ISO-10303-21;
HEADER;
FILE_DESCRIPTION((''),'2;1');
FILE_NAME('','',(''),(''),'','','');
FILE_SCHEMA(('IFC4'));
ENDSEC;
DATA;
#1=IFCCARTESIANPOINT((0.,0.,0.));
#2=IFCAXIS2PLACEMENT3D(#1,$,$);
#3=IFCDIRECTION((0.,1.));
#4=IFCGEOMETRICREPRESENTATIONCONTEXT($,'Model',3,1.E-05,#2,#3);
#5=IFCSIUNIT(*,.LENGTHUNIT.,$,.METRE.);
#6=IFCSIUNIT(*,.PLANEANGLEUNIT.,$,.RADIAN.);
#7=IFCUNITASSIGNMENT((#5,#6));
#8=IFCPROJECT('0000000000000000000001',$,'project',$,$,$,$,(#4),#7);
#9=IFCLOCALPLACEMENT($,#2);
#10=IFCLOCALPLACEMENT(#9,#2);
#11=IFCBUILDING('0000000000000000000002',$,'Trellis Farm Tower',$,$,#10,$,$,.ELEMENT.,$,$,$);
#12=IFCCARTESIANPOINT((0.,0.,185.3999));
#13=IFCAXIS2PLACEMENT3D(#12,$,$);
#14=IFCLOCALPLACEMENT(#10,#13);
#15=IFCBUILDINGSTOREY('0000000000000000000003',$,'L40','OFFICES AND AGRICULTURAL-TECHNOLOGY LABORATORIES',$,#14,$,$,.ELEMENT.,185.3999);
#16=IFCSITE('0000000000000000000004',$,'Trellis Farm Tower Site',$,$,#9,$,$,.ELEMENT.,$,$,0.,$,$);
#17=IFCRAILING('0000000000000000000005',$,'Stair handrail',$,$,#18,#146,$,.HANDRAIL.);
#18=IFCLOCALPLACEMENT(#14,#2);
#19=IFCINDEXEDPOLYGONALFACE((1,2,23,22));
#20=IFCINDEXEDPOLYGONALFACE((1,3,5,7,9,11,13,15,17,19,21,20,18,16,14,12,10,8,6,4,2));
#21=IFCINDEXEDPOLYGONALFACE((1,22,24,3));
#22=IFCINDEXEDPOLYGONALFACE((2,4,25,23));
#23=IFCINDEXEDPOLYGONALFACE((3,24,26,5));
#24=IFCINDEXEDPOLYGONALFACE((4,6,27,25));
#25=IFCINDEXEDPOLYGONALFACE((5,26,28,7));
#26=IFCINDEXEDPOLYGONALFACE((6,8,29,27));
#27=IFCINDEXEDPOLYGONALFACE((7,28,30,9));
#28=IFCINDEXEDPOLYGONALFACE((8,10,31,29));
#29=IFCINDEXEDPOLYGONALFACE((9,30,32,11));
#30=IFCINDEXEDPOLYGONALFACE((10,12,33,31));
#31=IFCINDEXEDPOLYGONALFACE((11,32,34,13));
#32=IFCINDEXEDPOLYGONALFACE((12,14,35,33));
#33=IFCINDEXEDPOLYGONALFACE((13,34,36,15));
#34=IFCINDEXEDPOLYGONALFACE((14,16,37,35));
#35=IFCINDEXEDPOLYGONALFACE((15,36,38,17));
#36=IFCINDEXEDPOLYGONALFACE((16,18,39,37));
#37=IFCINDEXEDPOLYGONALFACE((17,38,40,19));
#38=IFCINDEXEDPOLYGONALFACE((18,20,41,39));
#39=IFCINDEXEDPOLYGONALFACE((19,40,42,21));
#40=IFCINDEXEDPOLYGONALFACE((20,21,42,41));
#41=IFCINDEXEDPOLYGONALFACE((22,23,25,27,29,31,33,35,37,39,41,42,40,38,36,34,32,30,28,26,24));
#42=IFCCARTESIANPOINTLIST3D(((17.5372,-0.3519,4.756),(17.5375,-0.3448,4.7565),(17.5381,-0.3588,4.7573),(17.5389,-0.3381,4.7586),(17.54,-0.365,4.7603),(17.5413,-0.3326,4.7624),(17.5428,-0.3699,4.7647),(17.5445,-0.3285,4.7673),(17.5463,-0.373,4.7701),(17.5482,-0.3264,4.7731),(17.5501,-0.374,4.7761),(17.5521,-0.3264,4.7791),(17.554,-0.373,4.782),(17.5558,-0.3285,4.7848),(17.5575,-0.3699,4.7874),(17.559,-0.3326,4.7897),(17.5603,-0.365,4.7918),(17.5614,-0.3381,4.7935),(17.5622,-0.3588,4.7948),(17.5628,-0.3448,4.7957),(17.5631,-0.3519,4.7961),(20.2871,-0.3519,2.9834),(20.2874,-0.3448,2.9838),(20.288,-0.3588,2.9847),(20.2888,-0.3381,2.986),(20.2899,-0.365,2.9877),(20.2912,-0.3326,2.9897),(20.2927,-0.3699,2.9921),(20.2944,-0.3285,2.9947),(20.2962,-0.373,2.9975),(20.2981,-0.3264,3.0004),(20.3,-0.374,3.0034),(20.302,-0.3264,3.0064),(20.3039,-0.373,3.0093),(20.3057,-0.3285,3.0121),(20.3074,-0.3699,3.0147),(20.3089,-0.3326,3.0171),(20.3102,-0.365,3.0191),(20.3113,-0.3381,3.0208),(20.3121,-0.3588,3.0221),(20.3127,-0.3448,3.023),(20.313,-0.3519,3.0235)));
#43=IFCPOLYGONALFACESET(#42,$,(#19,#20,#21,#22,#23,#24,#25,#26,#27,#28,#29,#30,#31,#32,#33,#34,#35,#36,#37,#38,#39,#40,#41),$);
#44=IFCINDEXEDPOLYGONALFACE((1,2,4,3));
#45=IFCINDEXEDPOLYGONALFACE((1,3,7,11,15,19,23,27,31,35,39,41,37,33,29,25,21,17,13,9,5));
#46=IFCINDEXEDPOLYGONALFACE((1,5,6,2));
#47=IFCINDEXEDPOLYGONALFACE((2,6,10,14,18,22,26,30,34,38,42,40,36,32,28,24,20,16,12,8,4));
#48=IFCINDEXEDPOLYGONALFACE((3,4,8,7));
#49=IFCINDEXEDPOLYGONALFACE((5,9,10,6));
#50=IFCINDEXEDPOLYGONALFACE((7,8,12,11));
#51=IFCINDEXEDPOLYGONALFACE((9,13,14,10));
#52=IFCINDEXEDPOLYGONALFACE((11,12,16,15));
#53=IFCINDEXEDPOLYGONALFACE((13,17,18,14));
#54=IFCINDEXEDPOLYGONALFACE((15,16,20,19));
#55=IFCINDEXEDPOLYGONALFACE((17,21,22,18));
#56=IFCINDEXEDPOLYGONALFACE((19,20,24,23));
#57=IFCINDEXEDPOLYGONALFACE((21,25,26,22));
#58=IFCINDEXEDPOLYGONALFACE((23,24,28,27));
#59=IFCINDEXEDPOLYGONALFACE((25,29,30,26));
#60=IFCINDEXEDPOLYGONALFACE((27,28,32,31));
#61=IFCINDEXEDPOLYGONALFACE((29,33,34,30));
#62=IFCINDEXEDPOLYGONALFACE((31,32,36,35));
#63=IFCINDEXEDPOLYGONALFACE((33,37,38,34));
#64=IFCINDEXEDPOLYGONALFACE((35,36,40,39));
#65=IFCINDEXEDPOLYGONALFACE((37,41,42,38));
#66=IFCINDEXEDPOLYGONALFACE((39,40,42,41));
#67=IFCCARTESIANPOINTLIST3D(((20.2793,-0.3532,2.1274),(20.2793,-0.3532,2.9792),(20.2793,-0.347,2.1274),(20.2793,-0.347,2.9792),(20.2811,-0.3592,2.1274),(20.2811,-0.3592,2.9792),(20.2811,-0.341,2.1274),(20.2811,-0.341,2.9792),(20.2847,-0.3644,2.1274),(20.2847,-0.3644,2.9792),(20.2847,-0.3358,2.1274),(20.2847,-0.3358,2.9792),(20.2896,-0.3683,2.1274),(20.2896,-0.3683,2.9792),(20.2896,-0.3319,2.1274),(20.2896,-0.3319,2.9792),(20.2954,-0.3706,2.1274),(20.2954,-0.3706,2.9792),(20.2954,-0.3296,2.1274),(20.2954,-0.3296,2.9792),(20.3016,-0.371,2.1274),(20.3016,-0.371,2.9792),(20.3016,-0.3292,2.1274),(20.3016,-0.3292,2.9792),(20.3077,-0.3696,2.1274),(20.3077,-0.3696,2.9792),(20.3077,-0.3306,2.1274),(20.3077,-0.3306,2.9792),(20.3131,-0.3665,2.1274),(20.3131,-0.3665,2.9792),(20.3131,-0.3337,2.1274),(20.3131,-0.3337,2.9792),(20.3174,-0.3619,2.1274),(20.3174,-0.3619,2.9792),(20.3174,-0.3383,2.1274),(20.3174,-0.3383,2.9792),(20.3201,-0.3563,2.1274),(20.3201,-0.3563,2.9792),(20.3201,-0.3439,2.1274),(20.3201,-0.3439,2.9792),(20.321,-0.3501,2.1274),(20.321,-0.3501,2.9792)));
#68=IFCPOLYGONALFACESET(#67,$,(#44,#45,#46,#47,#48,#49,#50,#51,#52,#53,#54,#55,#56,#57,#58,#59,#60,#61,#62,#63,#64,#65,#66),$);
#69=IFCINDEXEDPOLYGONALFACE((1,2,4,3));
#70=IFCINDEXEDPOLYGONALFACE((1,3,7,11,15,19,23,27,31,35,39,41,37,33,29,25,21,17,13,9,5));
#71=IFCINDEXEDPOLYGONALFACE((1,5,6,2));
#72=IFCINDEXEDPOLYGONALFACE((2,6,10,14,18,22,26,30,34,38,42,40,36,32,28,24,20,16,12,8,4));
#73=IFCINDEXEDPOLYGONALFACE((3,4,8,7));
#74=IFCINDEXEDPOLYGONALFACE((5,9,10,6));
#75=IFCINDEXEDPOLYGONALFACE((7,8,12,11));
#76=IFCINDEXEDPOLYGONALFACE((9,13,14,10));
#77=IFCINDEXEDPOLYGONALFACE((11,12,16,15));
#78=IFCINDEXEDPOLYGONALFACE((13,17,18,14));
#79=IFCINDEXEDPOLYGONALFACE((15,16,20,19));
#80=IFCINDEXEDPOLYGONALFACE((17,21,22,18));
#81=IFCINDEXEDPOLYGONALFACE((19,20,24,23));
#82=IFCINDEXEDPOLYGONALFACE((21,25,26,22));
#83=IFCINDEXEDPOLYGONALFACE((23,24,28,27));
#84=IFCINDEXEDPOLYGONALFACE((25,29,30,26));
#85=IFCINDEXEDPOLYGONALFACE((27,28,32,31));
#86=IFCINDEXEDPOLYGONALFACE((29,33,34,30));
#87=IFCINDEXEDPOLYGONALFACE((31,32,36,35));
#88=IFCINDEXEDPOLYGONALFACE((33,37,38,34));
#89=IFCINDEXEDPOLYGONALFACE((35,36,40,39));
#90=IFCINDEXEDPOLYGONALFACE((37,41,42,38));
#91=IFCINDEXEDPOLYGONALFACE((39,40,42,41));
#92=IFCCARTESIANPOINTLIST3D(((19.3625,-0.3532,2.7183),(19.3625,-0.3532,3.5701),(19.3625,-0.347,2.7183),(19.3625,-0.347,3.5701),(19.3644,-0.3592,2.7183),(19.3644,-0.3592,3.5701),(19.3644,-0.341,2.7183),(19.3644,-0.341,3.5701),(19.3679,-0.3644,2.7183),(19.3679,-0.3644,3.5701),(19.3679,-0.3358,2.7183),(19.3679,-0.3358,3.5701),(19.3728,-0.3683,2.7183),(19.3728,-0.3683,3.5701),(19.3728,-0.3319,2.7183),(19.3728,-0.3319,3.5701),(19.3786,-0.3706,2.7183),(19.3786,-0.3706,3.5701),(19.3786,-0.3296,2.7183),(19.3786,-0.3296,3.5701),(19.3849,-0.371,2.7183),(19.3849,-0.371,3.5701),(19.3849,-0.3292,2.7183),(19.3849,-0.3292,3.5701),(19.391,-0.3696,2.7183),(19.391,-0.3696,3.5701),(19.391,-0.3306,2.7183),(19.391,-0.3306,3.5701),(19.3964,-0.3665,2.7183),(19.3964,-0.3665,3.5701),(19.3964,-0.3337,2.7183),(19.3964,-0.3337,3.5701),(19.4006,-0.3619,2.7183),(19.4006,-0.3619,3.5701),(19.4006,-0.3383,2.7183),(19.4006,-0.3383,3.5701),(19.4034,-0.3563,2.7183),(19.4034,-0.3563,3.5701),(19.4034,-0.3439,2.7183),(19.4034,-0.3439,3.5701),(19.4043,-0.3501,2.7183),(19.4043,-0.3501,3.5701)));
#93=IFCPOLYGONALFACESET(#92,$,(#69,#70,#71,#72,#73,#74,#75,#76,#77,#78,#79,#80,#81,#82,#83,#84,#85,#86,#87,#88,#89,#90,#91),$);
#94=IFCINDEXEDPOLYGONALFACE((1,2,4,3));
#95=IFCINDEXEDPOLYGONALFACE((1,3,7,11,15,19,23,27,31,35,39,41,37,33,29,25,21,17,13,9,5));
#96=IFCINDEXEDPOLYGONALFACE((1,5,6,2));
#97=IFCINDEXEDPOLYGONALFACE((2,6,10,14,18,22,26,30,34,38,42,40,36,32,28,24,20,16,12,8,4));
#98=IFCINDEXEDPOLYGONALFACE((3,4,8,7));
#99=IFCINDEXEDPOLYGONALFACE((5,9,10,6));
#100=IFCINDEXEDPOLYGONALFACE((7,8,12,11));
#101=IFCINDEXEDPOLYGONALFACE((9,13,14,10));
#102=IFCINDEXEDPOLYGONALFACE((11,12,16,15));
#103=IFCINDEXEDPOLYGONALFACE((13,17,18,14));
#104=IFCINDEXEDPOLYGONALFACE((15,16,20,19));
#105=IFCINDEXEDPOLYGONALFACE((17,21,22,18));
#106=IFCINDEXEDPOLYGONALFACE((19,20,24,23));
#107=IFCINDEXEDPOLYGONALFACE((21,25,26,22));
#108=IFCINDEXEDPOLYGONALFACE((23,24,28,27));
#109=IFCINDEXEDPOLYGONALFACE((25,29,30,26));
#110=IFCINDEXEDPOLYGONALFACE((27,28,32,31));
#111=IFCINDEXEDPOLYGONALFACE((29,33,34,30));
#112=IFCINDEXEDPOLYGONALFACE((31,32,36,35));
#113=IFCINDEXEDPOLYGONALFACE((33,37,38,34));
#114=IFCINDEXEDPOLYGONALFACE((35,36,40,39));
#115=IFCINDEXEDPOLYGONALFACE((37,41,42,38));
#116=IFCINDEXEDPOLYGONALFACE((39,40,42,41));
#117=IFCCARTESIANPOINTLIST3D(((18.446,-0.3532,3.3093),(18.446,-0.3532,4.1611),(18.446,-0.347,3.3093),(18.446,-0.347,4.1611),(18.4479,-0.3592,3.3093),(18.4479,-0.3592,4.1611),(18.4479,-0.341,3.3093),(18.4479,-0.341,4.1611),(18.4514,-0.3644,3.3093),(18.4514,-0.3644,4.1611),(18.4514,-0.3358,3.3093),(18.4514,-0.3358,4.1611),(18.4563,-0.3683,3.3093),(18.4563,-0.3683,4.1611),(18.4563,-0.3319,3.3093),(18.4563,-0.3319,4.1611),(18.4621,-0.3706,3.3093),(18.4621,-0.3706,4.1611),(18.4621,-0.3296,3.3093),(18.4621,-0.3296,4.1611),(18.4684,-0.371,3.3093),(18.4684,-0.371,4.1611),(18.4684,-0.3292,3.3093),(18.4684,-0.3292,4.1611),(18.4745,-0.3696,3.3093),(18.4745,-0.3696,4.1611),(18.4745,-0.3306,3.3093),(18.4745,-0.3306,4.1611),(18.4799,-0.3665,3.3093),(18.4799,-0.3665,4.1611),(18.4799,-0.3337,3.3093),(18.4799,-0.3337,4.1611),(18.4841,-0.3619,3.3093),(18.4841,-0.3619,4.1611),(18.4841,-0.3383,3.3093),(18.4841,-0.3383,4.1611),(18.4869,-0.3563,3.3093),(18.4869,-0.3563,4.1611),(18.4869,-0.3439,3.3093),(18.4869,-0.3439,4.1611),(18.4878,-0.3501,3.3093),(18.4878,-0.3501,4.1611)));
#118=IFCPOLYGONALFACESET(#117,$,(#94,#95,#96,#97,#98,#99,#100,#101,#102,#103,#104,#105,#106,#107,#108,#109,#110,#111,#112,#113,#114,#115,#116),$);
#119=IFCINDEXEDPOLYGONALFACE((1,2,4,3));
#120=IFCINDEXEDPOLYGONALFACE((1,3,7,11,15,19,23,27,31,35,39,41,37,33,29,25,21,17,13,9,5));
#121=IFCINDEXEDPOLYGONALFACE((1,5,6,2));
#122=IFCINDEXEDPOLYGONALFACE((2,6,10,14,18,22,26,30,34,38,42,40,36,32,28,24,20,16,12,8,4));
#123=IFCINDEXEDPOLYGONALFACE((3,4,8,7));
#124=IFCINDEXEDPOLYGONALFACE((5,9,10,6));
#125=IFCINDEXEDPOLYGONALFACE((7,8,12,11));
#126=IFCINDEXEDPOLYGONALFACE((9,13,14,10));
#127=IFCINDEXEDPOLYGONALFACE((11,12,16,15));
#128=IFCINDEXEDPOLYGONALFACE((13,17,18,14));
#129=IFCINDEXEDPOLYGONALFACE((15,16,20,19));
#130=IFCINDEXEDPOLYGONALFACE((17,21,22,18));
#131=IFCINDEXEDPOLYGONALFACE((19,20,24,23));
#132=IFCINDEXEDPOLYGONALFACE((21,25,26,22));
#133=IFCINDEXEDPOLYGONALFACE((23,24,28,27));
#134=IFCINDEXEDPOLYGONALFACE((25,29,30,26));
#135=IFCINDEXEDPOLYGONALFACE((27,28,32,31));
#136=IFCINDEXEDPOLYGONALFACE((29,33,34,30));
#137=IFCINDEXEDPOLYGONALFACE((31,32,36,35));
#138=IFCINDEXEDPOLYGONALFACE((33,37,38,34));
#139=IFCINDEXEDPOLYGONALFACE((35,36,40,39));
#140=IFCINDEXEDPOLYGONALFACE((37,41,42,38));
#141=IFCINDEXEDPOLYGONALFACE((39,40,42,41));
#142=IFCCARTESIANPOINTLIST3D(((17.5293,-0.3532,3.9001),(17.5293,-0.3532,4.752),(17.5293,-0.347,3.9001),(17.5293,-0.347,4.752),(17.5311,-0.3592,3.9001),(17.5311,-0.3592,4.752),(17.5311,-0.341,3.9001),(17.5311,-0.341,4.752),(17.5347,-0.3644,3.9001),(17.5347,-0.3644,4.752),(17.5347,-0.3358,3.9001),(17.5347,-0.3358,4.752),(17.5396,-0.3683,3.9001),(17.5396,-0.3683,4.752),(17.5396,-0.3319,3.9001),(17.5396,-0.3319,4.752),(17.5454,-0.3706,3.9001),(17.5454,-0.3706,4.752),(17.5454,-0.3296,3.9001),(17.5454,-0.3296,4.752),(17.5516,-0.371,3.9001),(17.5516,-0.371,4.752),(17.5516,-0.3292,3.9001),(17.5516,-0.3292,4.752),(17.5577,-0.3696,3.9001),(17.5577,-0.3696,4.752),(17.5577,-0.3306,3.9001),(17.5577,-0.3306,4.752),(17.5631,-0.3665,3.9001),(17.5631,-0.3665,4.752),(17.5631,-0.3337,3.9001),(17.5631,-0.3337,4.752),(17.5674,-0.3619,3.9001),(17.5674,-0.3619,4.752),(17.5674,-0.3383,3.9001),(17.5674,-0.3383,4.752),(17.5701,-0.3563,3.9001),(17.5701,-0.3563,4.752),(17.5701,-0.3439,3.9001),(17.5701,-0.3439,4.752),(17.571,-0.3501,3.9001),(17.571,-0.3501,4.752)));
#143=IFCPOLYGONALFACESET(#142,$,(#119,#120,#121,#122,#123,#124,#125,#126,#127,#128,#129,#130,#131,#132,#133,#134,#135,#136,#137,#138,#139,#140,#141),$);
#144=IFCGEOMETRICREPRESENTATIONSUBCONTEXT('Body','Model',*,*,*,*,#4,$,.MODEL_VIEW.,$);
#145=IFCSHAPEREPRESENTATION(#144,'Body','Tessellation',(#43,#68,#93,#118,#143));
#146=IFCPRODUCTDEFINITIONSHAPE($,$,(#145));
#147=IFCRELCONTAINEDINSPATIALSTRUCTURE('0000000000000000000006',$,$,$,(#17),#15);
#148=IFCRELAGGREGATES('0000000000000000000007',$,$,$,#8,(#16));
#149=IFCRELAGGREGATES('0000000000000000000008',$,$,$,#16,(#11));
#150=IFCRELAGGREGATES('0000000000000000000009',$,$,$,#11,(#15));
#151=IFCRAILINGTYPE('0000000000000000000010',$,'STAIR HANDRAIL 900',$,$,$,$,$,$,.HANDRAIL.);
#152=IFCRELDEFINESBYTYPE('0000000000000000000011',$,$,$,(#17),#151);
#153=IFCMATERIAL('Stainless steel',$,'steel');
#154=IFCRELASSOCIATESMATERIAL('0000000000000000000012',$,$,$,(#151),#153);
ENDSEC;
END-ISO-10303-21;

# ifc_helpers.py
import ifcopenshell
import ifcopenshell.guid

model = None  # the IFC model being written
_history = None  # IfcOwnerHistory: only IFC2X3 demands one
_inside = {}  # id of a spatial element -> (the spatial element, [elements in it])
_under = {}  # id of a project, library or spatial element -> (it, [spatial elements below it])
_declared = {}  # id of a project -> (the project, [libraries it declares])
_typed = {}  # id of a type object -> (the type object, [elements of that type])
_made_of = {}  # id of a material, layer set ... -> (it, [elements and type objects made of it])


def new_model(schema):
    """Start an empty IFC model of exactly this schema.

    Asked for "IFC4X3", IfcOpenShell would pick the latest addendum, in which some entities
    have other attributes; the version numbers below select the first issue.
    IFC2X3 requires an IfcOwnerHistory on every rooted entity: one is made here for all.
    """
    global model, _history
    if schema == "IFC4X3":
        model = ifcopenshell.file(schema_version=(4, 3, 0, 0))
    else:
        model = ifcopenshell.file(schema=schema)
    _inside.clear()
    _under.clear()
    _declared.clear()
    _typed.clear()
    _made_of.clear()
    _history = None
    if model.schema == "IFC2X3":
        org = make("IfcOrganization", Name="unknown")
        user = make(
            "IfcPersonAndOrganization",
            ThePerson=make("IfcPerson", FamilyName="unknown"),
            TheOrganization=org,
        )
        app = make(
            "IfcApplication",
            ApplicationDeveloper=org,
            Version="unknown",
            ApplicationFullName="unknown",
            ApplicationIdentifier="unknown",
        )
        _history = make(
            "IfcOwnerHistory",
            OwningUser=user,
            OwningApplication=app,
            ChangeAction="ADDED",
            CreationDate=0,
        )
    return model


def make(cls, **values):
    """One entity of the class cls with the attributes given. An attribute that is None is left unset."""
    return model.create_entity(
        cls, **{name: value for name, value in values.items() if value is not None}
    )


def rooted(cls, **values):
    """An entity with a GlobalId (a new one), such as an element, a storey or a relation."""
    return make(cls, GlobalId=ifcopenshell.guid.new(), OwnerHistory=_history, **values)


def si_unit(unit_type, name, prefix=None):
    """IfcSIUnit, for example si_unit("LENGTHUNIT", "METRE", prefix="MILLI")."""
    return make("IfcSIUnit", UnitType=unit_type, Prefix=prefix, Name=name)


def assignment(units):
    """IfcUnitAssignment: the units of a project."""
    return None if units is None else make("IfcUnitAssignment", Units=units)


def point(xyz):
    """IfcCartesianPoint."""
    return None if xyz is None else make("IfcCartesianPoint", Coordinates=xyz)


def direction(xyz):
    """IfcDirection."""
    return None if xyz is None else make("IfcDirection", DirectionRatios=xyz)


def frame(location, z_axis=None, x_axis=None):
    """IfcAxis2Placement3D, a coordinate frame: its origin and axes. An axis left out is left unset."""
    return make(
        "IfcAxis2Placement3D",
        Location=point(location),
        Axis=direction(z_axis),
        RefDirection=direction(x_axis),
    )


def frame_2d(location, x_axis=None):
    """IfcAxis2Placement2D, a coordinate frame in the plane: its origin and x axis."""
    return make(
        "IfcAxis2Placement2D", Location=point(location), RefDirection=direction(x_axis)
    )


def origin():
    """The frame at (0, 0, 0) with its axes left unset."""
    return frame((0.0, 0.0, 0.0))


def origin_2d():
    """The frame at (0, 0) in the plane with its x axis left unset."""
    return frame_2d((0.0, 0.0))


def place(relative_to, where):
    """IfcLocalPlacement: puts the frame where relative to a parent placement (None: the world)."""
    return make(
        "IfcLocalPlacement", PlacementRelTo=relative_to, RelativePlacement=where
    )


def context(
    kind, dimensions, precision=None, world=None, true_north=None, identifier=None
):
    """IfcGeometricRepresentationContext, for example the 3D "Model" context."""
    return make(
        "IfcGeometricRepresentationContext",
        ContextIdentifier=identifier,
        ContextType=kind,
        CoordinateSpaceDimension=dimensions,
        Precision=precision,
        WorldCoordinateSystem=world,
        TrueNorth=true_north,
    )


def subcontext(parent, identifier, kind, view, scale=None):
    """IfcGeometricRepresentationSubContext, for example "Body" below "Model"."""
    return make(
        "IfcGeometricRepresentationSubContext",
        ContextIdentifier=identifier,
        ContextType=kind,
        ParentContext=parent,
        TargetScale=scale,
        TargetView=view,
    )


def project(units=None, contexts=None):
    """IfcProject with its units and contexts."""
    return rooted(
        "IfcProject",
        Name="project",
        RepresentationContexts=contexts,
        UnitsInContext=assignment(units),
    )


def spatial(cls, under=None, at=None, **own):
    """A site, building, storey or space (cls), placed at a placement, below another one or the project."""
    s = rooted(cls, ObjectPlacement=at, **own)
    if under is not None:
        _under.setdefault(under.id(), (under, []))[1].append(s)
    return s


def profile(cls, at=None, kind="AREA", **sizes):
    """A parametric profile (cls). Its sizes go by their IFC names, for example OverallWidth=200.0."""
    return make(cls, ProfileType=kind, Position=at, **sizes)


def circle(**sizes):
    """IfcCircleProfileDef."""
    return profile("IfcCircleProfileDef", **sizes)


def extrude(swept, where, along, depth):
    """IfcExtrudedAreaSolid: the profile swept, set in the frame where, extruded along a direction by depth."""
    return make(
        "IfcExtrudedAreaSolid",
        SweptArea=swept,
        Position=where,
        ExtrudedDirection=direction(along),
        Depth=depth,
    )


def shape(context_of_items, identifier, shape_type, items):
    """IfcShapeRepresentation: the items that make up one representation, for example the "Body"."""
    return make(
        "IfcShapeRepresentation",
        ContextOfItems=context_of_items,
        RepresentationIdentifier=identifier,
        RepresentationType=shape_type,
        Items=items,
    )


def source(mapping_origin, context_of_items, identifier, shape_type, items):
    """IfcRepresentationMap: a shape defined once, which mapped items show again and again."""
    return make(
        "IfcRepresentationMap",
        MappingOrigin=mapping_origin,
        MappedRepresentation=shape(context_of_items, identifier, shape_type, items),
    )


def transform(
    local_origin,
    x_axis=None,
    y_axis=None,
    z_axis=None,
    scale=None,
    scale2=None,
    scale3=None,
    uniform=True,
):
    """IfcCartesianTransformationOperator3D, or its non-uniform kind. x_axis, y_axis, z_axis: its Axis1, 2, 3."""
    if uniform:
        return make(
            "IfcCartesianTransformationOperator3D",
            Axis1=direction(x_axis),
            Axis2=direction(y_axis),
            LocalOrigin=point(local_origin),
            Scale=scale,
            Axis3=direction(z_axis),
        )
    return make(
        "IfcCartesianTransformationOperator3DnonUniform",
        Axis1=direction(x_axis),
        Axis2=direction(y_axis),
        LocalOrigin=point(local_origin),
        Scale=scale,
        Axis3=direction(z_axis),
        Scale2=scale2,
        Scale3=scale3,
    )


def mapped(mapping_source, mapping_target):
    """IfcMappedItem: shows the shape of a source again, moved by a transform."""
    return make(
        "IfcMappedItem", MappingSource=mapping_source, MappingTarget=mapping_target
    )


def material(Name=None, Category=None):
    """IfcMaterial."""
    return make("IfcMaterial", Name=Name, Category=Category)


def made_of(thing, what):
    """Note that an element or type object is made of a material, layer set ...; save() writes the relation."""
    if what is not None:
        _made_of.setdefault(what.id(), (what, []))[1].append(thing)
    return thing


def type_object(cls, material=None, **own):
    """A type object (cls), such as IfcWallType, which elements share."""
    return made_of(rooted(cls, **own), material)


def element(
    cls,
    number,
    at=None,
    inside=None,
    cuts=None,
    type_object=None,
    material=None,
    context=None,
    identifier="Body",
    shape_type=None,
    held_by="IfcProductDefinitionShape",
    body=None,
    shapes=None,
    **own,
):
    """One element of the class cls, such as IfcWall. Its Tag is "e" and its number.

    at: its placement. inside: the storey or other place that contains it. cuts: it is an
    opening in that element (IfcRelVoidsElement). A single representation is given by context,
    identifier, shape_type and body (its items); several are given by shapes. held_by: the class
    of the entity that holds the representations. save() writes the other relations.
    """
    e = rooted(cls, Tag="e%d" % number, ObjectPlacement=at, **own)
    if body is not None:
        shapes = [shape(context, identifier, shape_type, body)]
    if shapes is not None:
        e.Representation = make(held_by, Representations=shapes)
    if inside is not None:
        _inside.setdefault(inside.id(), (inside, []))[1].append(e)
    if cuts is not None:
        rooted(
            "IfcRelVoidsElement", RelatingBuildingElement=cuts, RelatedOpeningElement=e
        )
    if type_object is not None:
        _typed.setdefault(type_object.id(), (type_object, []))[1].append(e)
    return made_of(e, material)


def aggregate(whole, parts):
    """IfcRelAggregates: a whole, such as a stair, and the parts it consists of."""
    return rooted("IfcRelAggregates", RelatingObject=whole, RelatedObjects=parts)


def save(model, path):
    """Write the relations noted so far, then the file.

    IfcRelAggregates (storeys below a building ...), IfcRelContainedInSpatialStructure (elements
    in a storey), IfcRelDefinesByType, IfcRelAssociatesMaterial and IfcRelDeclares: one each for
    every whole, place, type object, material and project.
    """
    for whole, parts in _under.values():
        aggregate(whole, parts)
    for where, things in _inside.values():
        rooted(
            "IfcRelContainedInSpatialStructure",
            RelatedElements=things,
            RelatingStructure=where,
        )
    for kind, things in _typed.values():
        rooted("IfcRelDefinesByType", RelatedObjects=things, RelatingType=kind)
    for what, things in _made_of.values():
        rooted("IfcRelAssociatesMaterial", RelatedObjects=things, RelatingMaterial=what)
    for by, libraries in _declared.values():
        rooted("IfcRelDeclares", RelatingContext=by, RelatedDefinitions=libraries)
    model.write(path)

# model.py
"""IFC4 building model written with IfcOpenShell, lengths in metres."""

from ifc_helpers import new_model, si_unit, direction, frame, origin, origin_2d, place, context, subcontext, project, spatial, circle, extrude, source, transform, mapped, material, type_object, element, save


model = new_model("IFC4")

# Units and contexts
model_context = context("Model", 3, precision=1e-05, world=origin(), true_north=direction((0.0, 1.0)))
body_context = subcontext(model_context, "Body", "Model", "MODEL_VIEW")
ifc_project = project(units=[si_unit("LENGTHUNIT", "METRE"), si_unit("PLANEANGLEUNIT", "RADIAN")], contexts=[model_context])

# Site, building, storey
site_placement = place(None, origin())
site = spatial("IfcSite", under=ifc_project, at=site_placement, Name="Trellis Farm Tower Site", CompositionType="ELEMENT", RefElevation=0.0)
building_placement = place(site_placement, origin())
building = spatial("IfcBuilding", under=site, at=building_placement, Name="Trellis Farm Tower", CompositionType="ELEMENT")
storey_placement = place(building_placement, frame((0.0, 0.0, 185.3999)))
storey = spatial("IfcBuildingStorey", under=building, at=storey_placement, Name="L40", Description="OFFICES AND AGRICULTURAL-TECHNOLOGY LABORATORIES", CompositionType="ELEMENT", Elevation=185.3999)

# Railing
ifc_material_1 = material(Name="Stainless steel", Category="steel")
railing_type = type_object("IfcRailingType", Name="STAIR HANDRAIL 900", PredefinedType="HANDRAIL", material=ifc_material_1)
shared_shape_1 = source(origin(), body_context, "Body", "SweptSolid", [
    extrude(circle(Radius=0.0239, at=origin_2d()), frame((0.0, 0.0, 0.876), z_axis=(-0.840504, 0.0, 0.541806), x_axis=(0.0, -1.0, 0.0)), (0.0, 0.0, 1.0), 3.2717),
    extrude(circle(Radius=0.021, at=origin_2d()), origin(), (0.0, 0.0, 1.0), 0.8518),
    extrude(circle(Radius=0.021, at=origin_2d()), frame((-0.9167, 0.0, 0.5908)), (0.0, 0.0, 1.0), 0.8518),
    extrude(circle(Radius=0.021, at=origin_2d()), frame((-1.8333, 0.0, 1.1819)), (0.0, 0.0, 1.0), 0.8518),
    extrude(circle(Radius=0.021, at=origin_2d()), frame((-2.75, 0.0, 1.7727)), (0.0, 0.0, 1.0), 0.8518),
])
for number, where, name in (
    (1, (20.3, -0.3501, 2.1274), "Stair handrail"),
):
    element("IfcRailing", number, at=place(storey_placement, frame(where)), inside=storey, type_object=railing_type, Name=name, PredefinedType="HANDRAIL", context=body_context, shape_type="MappedRepresentation", body=[
        mapped(shared_shape_1, transform((0.0, 0.0, 0.0))),
    ])

save(model, "model.ifc")
